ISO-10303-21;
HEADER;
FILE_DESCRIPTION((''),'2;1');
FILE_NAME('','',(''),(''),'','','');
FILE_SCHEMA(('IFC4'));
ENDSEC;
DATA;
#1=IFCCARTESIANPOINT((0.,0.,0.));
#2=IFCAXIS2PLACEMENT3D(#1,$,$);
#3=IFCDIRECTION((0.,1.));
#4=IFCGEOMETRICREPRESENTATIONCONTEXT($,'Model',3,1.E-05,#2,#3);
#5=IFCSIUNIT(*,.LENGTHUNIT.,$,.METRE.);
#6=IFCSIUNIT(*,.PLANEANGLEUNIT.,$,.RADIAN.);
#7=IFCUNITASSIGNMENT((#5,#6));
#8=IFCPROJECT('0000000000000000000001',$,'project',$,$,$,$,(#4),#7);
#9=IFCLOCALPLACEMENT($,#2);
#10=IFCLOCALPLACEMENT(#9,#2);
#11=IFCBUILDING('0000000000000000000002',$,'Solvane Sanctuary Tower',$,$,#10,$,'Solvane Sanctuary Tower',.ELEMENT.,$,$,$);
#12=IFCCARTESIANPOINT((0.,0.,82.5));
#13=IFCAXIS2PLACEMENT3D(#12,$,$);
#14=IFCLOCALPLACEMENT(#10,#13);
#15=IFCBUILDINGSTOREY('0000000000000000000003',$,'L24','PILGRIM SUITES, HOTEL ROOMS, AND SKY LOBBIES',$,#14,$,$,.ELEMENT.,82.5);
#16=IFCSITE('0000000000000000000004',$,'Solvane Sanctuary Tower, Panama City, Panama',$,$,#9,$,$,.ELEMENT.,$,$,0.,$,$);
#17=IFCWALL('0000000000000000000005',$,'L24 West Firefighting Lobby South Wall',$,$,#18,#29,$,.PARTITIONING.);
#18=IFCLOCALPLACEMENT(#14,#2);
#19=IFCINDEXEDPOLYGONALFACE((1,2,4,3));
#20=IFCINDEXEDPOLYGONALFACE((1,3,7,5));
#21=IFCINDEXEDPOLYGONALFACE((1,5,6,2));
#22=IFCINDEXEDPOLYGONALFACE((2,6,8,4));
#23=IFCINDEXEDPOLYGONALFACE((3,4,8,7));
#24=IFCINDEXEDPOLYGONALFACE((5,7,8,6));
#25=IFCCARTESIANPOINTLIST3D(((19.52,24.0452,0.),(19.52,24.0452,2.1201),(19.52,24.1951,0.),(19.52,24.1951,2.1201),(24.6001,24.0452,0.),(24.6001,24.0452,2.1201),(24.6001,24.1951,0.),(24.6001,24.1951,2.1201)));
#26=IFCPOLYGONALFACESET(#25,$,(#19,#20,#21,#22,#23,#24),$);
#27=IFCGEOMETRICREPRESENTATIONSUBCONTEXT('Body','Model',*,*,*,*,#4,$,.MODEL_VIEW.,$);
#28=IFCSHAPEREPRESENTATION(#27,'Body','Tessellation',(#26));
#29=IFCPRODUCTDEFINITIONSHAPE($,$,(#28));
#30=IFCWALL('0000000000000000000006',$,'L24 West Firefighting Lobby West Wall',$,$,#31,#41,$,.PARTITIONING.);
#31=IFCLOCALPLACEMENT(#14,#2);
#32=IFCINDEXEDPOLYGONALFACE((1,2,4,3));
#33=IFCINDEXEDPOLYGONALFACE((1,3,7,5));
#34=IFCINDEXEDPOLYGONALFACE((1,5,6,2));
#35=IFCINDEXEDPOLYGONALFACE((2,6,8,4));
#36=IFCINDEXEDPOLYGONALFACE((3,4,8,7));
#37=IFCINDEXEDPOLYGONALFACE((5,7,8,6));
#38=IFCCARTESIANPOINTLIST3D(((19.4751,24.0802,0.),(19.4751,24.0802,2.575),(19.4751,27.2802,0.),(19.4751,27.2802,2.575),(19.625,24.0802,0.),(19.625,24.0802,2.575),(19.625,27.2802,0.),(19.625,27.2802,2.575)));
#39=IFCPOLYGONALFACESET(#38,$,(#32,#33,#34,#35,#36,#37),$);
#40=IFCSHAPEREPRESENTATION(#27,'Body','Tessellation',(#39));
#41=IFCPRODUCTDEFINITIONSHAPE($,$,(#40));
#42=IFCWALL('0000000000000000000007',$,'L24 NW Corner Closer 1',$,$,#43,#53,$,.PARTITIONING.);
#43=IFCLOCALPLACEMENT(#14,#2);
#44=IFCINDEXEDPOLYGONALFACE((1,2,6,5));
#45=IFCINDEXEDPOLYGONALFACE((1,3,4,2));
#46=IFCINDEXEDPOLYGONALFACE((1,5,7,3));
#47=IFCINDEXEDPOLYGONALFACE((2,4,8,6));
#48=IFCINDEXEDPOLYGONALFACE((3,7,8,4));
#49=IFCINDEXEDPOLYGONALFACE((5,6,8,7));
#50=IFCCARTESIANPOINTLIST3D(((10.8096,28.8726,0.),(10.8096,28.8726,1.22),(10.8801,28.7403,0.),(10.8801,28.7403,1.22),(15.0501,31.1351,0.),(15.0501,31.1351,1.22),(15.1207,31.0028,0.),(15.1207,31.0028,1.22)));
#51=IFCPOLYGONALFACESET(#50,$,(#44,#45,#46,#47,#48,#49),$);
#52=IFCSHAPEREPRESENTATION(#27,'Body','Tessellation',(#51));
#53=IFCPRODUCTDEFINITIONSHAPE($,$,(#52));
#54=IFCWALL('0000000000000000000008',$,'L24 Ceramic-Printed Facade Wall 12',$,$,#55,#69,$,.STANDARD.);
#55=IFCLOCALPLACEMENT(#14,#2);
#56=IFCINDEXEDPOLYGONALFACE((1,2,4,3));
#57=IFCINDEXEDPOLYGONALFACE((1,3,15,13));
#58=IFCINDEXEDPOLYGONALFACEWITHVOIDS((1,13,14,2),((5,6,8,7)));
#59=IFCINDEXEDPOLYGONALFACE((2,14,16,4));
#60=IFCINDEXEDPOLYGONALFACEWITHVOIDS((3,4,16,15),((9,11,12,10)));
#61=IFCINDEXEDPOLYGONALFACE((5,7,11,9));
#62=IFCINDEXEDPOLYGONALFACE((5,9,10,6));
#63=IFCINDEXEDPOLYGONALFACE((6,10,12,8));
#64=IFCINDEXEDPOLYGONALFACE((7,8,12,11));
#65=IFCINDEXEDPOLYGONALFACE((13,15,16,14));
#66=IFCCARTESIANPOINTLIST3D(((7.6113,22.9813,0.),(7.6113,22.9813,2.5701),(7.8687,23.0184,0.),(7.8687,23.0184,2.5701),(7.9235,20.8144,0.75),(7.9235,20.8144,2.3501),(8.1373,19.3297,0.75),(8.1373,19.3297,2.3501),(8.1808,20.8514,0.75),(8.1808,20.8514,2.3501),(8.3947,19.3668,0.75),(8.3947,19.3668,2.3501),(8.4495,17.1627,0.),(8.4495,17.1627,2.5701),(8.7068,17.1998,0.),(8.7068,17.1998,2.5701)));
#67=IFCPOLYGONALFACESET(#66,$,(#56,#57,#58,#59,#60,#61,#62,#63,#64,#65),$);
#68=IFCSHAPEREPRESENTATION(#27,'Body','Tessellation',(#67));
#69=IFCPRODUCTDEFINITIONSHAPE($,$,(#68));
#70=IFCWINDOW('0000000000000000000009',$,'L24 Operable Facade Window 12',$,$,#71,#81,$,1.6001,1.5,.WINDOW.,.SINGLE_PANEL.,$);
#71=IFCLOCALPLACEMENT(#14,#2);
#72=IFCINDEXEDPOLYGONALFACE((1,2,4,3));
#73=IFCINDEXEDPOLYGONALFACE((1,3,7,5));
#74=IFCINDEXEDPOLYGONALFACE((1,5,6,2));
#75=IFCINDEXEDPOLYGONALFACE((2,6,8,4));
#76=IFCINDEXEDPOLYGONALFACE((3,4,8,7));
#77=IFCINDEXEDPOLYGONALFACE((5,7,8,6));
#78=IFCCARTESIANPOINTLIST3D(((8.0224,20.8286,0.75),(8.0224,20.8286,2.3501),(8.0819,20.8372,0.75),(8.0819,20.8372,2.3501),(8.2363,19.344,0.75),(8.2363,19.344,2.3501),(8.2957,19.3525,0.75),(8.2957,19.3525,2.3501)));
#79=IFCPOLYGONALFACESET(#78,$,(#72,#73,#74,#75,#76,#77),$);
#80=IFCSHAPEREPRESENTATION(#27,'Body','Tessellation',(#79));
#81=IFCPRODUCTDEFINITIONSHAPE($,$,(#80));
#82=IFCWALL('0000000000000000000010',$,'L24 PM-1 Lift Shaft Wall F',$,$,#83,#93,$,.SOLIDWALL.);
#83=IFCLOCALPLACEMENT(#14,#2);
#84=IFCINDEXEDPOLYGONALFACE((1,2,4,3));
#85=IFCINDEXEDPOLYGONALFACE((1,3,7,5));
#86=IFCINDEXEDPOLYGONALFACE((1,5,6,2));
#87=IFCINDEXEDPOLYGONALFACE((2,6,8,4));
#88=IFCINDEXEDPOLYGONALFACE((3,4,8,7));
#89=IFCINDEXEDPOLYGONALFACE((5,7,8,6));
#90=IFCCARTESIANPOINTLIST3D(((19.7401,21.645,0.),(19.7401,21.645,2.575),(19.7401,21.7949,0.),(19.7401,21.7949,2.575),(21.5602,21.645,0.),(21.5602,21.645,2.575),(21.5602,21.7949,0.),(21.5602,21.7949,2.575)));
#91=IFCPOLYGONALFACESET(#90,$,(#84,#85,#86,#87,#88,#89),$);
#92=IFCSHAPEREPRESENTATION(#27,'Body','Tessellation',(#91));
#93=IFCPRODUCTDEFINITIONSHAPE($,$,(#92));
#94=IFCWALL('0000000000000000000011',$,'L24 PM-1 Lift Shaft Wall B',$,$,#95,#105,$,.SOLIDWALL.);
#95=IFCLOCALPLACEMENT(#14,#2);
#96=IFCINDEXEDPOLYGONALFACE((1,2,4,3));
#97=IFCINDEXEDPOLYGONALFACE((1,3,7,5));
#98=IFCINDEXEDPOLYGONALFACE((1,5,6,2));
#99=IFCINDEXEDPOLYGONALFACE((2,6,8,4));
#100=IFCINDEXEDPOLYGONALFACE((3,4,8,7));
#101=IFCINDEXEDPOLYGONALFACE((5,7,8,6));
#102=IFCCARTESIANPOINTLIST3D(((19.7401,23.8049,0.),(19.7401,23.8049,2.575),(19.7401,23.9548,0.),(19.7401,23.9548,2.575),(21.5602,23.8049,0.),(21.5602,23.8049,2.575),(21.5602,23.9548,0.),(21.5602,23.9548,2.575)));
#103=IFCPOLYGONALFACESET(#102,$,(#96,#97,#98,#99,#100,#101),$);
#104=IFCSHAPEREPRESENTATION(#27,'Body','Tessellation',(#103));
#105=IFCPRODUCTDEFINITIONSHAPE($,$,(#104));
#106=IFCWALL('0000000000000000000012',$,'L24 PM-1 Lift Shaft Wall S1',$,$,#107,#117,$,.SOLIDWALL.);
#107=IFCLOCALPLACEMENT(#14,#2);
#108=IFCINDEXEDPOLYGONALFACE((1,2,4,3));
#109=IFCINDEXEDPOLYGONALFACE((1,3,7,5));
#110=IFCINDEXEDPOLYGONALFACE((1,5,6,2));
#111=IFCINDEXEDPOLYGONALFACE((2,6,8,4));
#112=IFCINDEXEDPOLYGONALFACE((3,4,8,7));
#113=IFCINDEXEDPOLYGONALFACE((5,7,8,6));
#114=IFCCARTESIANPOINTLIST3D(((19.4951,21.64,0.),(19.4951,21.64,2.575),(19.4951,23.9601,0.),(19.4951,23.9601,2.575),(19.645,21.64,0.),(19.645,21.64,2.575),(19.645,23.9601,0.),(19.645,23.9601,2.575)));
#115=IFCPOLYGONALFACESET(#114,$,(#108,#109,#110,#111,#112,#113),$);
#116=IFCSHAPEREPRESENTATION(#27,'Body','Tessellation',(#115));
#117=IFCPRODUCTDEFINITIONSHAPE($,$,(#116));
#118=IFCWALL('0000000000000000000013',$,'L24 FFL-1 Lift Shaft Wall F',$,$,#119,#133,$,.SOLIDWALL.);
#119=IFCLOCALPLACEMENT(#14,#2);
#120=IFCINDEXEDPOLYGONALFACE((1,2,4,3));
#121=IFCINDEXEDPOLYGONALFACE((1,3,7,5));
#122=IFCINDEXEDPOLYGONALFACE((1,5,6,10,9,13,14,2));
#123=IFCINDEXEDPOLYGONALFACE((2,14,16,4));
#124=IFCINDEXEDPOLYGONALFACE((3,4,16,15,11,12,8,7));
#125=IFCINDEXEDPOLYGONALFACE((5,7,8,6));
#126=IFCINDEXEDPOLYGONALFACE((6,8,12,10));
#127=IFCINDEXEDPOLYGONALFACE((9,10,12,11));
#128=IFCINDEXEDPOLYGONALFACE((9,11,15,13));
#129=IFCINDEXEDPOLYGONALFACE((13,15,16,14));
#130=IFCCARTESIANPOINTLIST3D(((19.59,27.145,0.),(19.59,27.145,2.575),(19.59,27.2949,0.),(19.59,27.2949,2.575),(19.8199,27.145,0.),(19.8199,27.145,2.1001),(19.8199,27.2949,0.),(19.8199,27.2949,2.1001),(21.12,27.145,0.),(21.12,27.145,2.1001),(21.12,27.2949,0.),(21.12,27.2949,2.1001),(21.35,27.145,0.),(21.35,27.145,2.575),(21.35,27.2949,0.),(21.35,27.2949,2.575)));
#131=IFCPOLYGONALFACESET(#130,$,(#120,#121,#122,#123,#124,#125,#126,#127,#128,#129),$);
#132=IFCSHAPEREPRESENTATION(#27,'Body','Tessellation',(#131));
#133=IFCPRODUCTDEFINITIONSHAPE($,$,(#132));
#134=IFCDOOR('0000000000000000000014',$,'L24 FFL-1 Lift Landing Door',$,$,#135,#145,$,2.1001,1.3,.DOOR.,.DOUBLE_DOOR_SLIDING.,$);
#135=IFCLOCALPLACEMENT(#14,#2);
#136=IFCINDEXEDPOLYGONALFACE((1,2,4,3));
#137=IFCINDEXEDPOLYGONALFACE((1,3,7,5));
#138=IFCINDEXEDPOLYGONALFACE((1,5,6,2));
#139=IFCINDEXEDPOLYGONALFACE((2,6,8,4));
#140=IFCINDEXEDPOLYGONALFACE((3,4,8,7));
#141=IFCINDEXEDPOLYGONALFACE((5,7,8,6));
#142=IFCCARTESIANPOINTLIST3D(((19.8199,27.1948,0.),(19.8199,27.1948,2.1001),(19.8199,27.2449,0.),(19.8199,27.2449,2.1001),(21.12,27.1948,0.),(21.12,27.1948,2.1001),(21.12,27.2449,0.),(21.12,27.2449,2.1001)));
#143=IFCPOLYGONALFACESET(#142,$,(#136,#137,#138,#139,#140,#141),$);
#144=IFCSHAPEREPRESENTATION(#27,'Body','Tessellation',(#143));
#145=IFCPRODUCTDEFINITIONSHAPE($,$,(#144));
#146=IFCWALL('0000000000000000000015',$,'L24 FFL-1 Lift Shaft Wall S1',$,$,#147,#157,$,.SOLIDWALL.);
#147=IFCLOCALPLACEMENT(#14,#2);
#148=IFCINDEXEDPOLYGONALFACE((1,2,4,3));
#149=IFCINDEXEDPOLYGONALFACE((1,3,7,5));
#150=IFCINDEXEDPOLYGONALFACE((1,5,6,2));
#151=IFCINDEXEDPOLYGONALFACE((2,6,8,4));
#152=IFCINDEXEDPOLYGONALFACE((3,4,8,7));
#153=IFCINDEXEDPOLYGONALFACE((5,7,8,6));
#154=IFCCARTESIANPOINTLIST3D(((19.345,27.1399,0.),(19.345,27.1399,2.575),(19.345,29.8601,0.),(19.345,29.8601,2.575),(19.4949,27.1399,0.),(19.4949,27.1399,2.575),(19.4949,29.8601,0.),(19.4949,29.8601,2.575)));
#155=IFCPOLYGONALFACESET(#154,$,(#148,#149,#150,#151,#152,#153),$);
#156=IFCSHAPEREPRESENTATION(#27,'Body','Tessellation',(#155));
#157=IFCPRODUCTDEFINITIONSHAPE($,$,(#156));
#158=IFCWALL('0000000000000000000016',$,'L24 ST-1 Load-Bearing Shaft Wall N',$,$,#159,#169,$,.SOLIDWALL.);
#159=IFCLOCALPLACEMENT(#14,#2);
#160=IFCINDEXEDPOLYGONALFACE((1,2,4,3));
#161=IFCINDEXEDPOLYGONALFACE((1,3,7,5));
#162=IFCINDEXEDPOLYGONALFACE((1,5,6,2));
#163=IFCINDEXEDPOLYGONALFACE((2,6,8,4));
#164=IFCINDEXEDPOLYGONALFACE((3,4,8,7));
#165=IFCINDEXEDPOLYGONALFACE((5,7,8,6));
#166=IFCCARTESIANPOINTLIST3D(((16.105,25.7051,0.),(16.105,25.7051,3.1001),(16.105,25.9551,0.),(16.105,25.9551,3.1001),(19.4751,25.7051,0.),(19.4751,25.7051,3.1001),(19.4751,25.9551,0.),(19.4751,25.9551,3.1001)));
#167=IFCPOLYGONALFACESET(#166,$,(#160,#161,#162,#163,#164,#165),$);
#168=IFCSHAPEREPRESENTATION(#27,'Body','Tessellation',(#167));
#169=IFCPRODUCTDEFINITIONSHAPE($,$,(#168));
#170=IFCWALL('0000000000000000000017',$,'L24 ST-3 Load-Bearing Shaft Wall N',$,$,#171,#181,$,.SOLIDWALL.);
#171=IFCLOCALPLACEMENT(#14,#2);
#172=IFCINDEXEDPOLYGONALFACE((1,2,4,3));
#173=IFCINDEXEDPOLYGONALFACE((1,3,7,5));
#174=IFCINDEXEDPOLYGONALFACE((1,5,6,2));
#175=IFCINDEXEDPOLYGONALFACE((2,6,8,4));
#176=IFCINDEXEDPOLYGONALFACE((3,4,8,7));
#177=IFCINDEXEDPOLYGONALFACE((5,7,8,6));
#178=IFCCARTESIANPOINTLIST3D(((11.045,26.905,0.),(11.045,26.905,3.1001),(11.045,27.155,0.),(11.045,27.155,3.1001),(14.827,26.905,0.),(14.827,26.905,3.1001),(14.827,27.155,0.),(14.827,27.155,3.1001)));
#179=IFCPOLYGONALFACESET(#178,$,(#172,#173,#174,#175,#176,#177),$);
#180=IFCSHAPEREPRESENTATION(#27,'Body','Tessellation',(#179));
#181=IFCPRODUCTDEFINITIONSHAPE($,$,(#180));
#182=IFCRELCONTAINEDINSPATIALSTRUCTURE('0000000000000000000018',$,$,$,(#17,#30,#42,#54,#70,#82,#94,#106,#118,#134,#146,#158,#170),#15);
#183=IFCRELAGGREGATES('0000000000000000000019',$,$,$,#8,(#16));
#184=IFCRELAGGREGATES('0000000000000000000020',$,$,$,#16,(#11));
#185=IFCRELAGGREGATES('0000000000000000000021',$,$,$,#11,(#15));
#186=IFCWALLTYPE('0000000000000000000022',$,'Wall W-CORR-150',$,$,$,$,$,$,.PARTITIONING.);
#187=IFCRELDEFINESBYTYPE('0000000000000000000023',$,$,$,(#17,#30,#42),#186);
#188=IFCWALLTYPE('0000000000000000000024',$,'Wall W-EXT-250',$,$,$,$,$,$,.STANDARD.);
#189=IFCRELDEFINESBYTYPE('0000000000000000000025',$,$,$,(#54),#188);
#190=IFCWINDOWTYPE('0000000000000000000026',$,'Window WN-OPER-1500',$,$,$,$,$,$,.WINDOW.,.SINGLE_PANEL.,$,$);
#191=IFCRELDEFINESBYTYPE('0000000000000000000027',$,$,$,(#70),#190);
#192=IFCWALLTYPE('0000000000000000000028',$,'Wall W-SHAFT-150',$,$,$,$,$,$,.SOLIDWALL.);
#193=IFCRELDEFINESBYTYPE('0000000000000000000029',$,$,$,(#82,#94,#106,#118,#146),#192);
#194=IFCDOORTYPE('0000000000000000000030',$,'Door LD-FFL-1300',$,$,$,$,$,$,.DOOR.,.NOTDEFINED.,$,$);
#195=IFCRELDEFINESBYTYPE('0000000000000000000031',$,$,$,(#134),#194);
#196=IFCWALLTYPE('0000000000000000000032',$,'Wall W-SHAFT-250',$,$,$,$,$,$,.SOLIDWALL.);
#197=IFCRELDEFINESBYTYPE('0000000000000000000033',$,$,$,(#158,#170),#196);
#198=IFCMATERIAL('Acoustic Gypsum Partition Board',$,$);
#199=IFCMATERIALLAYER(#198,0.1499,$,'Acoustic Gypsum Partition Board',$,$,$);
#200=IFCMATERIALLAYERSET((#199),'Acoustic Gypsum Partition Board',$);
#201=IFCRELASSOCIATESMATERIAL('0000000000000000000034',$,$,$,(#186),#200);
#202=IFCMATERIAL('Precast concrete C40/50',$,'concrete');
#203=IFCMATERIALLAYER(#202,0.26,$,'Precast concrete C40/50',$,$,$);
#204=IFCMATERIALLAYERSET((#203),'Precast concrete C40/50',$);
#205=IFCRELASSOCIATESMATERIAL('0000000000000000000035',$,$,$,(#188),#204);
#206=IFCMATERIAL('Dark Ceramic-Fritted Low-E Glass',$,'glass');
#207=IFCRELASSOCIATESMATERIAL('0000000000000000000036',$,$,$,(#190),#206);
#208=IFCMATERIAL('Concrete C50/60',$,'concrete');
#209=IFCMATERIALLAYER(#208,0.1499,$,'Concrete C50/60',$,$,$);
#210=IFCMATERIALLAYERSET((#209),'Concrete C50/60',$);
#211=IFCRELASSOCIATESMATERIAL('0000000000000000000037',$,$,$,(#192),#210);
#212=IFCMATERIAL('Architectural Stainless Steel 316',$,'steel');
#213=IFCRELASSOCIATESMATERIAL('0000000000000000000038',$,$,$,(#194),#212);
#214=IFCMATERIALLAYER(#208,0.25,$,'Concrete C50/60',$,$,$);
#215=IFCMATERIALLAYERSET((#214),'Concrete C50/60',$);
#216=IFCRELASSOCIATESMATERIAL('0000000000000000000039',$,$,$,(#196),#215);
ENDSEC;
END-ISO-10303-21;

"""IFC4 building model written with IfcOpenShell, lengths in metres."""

from ifc_helpers import new_model, si_unit, direction, frame, frame_2d, origin, place, context, subcontext, project, spatial, rectangle, extrude, material, layer, layer_set, type_object, element, fill, save


model = new_model("IFC4")

# Units and contexts
model_context = context("Model", 3, precision=1e-05, world=origin(), true_north=direction((0.0, 1.0)))
body_context = subcontext(model_context, "Body", "Model", "MODEL_VIEW")
ifc_project = project(units=[si_unit("LENGTHUNIT", "METRE"), si_unit("PLANEANGLEUNIT", "RADIAN")], contexts=[model_context])

# Site, building, storey
site_placement = place(None, origin())
site = spatial("IfcSite", under=ifc_project, at=site_placement, Name="Solvane Sanctuary Tower, Panama City, Panama", CompositionType="ELEMENT", RefElevation=0.0)
building_placement = place(site_placement, origin())
building = spatial("IfcBuilding", under=site, at=building_placement, Name="Solvane Sanctuary Tower", LongName="Solvane Sanctuary Tower", CompositionType="ELEMENT")
storey_placement = place(building_placement, frame((0.0, 0.0, 82.5)))
storey = spatial("IfcBuildingStorey", under=building, at=storey_placement, Name="L24", Description="PILGRIM SUITES, HOTEL ROOMS, AND SKY LOBBIES", CompositionType="ELEMENT", Elevation=82.5)

# Walls
ifc_material_1 = material(Name="Acoustic Gypsum Partition Board")
ifc_layer_1 = layer(ifc_material_1, 0.1499, Name="Acoustic Gypsum Partition Board")
ifc_layer_set_1 = layer_set([ifc_layer_1], Name="Acoustic Gypsum Partition Board")
wall_type_1 = type_object("IfcWallType", Name="Wall W-CORR-150", PredefinedType="PARTITIONING", material=ifc_layer_set_1)
wall_1_placement = place(storey_placement, frame((19.52, 24.1201, 0.0), z_axis=(0.0, 0.0, 1.0), x_axis=(1.0, 0.0, 0.0)))
element("IfcWall", 1, at=wall_1_placement, inside=storey, type_object=wall_type_1, Name="L24 West Firefighting Lobby South Wall", PredefinedType="PARTITIONING", context=body_context, shape_type="SweptSolid", body=[
    extrude(rectangle(XDim=5.0801, YDim=0.1499, at=frame_2d((2.54, 0.0))), origin(), (0.0, 0.0, 1.0), 2.1201),
])
wall_2_placement = place(storey_placement, frame((19.55, 24.0801, 0.0), z_axis=(0.0, 0.0, 1.0), x_axis=(0.0, 1.0, 0.0)))
element("IfcWall", 2, at=wall_2_placement, inside=storey, type_object=wall_type_1, Name="L24 West Firefighting Lobby West Wall", PredefinedType="PARTITIONING", context=body_context, shape_type="SweptSolid", body=[
    extrude(rectangle(XDim=3.2, YDim=0.1499, at=frame_2d((1.6001, 0.0))), origin(), (0.0, 0.0, 1.0), 2.575),
])
wall_3_placement = place(storey_placement, frame((10.8447, 28.8064, 0.0), z_axis=(0.0, 0.0, 1.0), x_axis=(0.882278, 0.470728, 0.0)))
element("IfcWall", 3, at=wall_3_placement, inside=storey, type_object=wall_type_1, Name="L24 NW Corner Closer 1", PredefinedType="PARTITIONING", context=body_context, shape_type="SweptSolid", body=[
    extrude(rectangle(XDim=4.8064, YDim=0.1499, at=frame_2d((2.4033, 0.0))), origin(), (0.0, 0.0, 1.0), 1.22),
])

# Wall, opening, window
ifc_material_2 = material(Name="Precast concrete C40/50", Category="concrete")
ifc_layer_2 = layer(ifc_material_2, 0.26, Name="Precast concrete C40/50")
ifc_layer_set_2 = layer_set([ifc_layer_2], Name="Precast concrete C40/50")
wall_type_2 = type_object("IfcWallType", Name="Wall W-EXT-250", PredefinedType="STANDARD", material=ifc_layer_set_2)
wall_4_placement = place(storey_placement, frame((7.74, 23.0, 0.0), z_axis=(0.0, 0.0, 1.0), x_axis=(0.142572, -0.989784, 0.0)))
wall_4 = element("IfcWall", 4, at=wall_4_placement, inside=storey, type_object=wall_type_2, Name="L24 Ceramic-Printed Facade Wall 12", PredefinedType="STANDARD", context=body_context, shape_type="SweptSolid", body=[
    extrude(rectangle(XDim=5.8787, YDim=0.26, at=frame_2d((2.9395, 0.0))), origin(), (0.0, 0.0, 1.0), 2.5701),
])
opening_1_placement = place(wall_4_placement, frame((2.1895, 0.0, 0.75)))
opening_1 = element("IfcOpeningElement", 5, at=opening_1_placement, cuts=wall_4, PredefinedType="OPENING", context=body_context, shape_type="SweptSolid", body=[
    extrude(rectangle(XDim=1.5, YDim=1.6001, at=frame_2d((0.75, 0.8))), frame((0.0, 0.1399, 0.0), z_axis=(0.0, -1.0, 0.0), x_axis=(1.0, 0.0, 0.0)), (0.0, 0.0, 1.0), 0.28),
])
ifc_material_3 = material(Name="Dark Ceramic-Fritted Low-E Glass", Category="glass")
window_type = type_object("IfcWindowType", Name="Window WN-OPER-1500", PartitioningType="SINGLE_PANEL", PredefinedType="WINDOW", material=ifc_material_3)
window_placement = place(opening_1_placement, origin())
window = element("IfcWindow", 6, at=window_placement, inside=storey, type_object=window_type, Name="L24 Operable Facade Window 12", OverallHeight=1.6001, OverallWidth=1.5, PartitioningType="SINGLE_PANEL", PredefinedType="WINDOW", context=body_context, shape_type="SweptSolid", body=[
    extrude(rectangle(XDim=1.5, YDim=1.6001, at=frame_2d((0.75, 0.8))), frame((0.0, 0.03, 0.0), z_axis=(0.0, -1.0, 0.0), x_axis=(1.0, 0.0, 0.0)), (0.0, 0.0, 1.0), 0.0601),
])
fill(opening_1, window)

# Walls
ifc_material_4 = material(Name="Concrete C50/60", Category="concrete")
ifc_layer_3 = layer(ifc_material_4, 0.1499, Name="Concrete C50/60")
ifc_layer_set_3 = layer_set([ifc_layer_3], Name="Concrete C50/60")
wall_type_3 = type_object("IfcWallType", Name="Wall W-SHAFT-150", PredefinedType="SOLIDWALL", material=ifc_layer_set_3)
for number, where, z_axis, x_axis, name in (
    (7, (19.74, 21.72, 0.0), (0.0, 0.0, 1.0), (1.0, 0.0, 0.0), "L24 PM-1 Lift Shaft Wall F"),
    (8, (19.74, 23.8799, 0.0), (0.0, 0.0, 1.0), (1.0, 0.0, 0.0), "L24 PM-1 Lift Shaft Wall B"),
):
    element("IfcWall", number, at=place(storey_placement, frame(where, z_axis=z_axis, x_axis=x_axis)), inside=storey, type_object=wall_type_3, Name=name, PredefinedType="SOLIDWALL", context=body_context, shape_type="SweptSolid", body=[
        extrude(rectangle(XDim=1.8201, YDim=0.1499, at=frame_2d((0.9102, 0.0))), origin(), (0.0, 0.0, 1.0), 2.575),
    ])
wall_5_placement = place(storey_placement, frame((19.5701, 21.6399, 0.0), z_axis=(0.0, 0.0, 1.0), x_axis=(0.0, 1.0, 0.0)))
element("IfcWall", 9, at=wall_5_placement, inside=storey, type_object=wall_type_3, Name="L24 PM-1 Lift Shaft Wall S1", PredefinedType="SOLIDWALL", context=body_context, shape_type="SweptSolid", body=[
    extrude(rectangle(XDim=2.3201, YDim=0.1499, at=frame_2d((1.1602, 0.0))), origin(), (0.0, 0.0, 1.0), 2.575),
])

# Wall, opening, door
wall_6_placement = place(storey_placement, frame((19.5901, 27.22, 0.0), z_axis=(0.0, 0.0, 1.0), x_axis=(1.0, 0.0, 0.0)))
wall_6 = element("IfcWall", 10, at=wall_6_placement, inside=storey, type_object=wall_type_3, Name="L24 FFL-1 Lift Shaft Wall F", PredefinedType="SOLIDWALL", context=body_context, shape_type="SweptSolid", body=[
    extrude(rectangle(XDim=1.76, YDim=0.1499, at=frame_2d((0.8799, 0.0))), origin(), (0.0, 0.0, 1.0), 2.575),
])
opening_2_placement = place(wall_6_placement, frame((0.23, 0.0, 0.0)))
opening_2 = element("IfcOpeningElement", 11, at=opening_2_placement, cuts=wall_6, PredefinedType="OPENING", context=body_context, shape_type="SweptSolid", body=[
    extrude(rectangle(XDim=1.3, YDim=2.1001, at=frame_2d((0.6499, 1.05))), frame((0.0, 0.085, 0.0), z_axis=(0.0, -1.0, 0.0), x_axis=(1.0, 0.0, 0.0)), (0.0, 0.0, 1.0), 0.1699),
])
ifc_material_5 = material(Name="Architectural Stainless Steel 316", Category="steel")
door_type = type_object("IfcDoorType", Name="Door LD-FFL-1300", OperationType="NOTDEFINED", PredefinedType="DOOR", material=ifc_material_5)
door_placement = place(opening_2_placement, origin())
door = element("IfcDoor", 12, at=door_placement, inside=storey, type_object=door_type, Name="L24 FFL-1 Lift Landing Door", OperationType="DOUBLE_DOOR_SLIDING", OverallHeight=2.1001, OverallWidth=1.3, PredefinedType="DOOR", context=body_context, shape_type="SweptSolid", body=[
    extrude(rectangle(XDim=1.3, YDim=2.1001, at=frame_2d((0.6499, 1.05))), frame((0.0, 0.0249, 0.0), z_axis=(0.0, -1.0, 0.0), x_axis=(1.0, 0.0, 0.0)), (0.0, 0.0, 1.0), 0.05),
])
fill(opening_2, door)

# Walls
wall_7_placement = place(storey_placement, frame((19.4199, 27.1399, 0.0), z_axis=(0.0, 0.0, 1.0), x_axis=(0.0, 1.0, 0.0)))
element("IfcWall", 13, at=wall_7_placement, inside=storey, type_object=wall_type_3, Name="L24 FFL-1 Lift Shaft Wall S1", PredefinedType="SOLIDWALL", context=body_context, shape_type="SweptSolid", body=[
    extrude(rectangle(XDim=2.7202, YDim=0.1499, at=frame_2d((1.3601, 0.0))), origin(), (0.0, 0.0, 1.0), 2.575),
])
ifc_layer_4 = layer(ifc_material_4, 0.25, Name="Concrete C50/60")
ifc_layer_set_4 = layer_set([ifc_layer_4], Name="Concrete C50/60")
wall_type_4 = type_object("IfcWallType", Name="Wall W-SHAFT-250", PredefinedType="SOLIDWALL", material=ifc_layer_set_4)
wall_8_placement = place(storey_placement, frame((16.105, 25.8301, 0.0), z_axis=(0.0, 0.0, 1.0), x_axis=(1.0, 0.0, 0.0)))
element("IfcWall", 14, at=wall_8_placement, inside=storey, type_object=wall_type_4, Name="L24 ST-1 Load-Bearing Shaft Wall N", PredefinedType="SOLIDWALL", context=body_context, shape_type="SweptSolid", body=[
    extrude(rectangle(XDim=3.3701, YDim=0.25, at=frame_2d((1.6851, 0.0))), origin(), (0.0, 0.0, 1.0), 3.1001),
])
wall_9_placement = place(storey_placement, frame((11.0449, 27.03, 0.0), z_axis=(0.0, 0.0, 1.0), x_axis=(1.0, 0.0, 0.0)))
element("IfcWall", 15, at=wall_9_placement, inside=storey, type_object=wall_type_4, Name="L24 ST-3 Load-Bearing Shaft Wall N", PredefinedType="SOLIDWALL", context=body_context, shape_type="SweptSolid", body=[
    extrude(rectangle(XDim=3.782, YDim=0.25, at=frame_2d((1.8911, 0.0))), origin(), (0.0, 0.0, 1.0), 3.1001),
])

save(model, "model.ifc")
